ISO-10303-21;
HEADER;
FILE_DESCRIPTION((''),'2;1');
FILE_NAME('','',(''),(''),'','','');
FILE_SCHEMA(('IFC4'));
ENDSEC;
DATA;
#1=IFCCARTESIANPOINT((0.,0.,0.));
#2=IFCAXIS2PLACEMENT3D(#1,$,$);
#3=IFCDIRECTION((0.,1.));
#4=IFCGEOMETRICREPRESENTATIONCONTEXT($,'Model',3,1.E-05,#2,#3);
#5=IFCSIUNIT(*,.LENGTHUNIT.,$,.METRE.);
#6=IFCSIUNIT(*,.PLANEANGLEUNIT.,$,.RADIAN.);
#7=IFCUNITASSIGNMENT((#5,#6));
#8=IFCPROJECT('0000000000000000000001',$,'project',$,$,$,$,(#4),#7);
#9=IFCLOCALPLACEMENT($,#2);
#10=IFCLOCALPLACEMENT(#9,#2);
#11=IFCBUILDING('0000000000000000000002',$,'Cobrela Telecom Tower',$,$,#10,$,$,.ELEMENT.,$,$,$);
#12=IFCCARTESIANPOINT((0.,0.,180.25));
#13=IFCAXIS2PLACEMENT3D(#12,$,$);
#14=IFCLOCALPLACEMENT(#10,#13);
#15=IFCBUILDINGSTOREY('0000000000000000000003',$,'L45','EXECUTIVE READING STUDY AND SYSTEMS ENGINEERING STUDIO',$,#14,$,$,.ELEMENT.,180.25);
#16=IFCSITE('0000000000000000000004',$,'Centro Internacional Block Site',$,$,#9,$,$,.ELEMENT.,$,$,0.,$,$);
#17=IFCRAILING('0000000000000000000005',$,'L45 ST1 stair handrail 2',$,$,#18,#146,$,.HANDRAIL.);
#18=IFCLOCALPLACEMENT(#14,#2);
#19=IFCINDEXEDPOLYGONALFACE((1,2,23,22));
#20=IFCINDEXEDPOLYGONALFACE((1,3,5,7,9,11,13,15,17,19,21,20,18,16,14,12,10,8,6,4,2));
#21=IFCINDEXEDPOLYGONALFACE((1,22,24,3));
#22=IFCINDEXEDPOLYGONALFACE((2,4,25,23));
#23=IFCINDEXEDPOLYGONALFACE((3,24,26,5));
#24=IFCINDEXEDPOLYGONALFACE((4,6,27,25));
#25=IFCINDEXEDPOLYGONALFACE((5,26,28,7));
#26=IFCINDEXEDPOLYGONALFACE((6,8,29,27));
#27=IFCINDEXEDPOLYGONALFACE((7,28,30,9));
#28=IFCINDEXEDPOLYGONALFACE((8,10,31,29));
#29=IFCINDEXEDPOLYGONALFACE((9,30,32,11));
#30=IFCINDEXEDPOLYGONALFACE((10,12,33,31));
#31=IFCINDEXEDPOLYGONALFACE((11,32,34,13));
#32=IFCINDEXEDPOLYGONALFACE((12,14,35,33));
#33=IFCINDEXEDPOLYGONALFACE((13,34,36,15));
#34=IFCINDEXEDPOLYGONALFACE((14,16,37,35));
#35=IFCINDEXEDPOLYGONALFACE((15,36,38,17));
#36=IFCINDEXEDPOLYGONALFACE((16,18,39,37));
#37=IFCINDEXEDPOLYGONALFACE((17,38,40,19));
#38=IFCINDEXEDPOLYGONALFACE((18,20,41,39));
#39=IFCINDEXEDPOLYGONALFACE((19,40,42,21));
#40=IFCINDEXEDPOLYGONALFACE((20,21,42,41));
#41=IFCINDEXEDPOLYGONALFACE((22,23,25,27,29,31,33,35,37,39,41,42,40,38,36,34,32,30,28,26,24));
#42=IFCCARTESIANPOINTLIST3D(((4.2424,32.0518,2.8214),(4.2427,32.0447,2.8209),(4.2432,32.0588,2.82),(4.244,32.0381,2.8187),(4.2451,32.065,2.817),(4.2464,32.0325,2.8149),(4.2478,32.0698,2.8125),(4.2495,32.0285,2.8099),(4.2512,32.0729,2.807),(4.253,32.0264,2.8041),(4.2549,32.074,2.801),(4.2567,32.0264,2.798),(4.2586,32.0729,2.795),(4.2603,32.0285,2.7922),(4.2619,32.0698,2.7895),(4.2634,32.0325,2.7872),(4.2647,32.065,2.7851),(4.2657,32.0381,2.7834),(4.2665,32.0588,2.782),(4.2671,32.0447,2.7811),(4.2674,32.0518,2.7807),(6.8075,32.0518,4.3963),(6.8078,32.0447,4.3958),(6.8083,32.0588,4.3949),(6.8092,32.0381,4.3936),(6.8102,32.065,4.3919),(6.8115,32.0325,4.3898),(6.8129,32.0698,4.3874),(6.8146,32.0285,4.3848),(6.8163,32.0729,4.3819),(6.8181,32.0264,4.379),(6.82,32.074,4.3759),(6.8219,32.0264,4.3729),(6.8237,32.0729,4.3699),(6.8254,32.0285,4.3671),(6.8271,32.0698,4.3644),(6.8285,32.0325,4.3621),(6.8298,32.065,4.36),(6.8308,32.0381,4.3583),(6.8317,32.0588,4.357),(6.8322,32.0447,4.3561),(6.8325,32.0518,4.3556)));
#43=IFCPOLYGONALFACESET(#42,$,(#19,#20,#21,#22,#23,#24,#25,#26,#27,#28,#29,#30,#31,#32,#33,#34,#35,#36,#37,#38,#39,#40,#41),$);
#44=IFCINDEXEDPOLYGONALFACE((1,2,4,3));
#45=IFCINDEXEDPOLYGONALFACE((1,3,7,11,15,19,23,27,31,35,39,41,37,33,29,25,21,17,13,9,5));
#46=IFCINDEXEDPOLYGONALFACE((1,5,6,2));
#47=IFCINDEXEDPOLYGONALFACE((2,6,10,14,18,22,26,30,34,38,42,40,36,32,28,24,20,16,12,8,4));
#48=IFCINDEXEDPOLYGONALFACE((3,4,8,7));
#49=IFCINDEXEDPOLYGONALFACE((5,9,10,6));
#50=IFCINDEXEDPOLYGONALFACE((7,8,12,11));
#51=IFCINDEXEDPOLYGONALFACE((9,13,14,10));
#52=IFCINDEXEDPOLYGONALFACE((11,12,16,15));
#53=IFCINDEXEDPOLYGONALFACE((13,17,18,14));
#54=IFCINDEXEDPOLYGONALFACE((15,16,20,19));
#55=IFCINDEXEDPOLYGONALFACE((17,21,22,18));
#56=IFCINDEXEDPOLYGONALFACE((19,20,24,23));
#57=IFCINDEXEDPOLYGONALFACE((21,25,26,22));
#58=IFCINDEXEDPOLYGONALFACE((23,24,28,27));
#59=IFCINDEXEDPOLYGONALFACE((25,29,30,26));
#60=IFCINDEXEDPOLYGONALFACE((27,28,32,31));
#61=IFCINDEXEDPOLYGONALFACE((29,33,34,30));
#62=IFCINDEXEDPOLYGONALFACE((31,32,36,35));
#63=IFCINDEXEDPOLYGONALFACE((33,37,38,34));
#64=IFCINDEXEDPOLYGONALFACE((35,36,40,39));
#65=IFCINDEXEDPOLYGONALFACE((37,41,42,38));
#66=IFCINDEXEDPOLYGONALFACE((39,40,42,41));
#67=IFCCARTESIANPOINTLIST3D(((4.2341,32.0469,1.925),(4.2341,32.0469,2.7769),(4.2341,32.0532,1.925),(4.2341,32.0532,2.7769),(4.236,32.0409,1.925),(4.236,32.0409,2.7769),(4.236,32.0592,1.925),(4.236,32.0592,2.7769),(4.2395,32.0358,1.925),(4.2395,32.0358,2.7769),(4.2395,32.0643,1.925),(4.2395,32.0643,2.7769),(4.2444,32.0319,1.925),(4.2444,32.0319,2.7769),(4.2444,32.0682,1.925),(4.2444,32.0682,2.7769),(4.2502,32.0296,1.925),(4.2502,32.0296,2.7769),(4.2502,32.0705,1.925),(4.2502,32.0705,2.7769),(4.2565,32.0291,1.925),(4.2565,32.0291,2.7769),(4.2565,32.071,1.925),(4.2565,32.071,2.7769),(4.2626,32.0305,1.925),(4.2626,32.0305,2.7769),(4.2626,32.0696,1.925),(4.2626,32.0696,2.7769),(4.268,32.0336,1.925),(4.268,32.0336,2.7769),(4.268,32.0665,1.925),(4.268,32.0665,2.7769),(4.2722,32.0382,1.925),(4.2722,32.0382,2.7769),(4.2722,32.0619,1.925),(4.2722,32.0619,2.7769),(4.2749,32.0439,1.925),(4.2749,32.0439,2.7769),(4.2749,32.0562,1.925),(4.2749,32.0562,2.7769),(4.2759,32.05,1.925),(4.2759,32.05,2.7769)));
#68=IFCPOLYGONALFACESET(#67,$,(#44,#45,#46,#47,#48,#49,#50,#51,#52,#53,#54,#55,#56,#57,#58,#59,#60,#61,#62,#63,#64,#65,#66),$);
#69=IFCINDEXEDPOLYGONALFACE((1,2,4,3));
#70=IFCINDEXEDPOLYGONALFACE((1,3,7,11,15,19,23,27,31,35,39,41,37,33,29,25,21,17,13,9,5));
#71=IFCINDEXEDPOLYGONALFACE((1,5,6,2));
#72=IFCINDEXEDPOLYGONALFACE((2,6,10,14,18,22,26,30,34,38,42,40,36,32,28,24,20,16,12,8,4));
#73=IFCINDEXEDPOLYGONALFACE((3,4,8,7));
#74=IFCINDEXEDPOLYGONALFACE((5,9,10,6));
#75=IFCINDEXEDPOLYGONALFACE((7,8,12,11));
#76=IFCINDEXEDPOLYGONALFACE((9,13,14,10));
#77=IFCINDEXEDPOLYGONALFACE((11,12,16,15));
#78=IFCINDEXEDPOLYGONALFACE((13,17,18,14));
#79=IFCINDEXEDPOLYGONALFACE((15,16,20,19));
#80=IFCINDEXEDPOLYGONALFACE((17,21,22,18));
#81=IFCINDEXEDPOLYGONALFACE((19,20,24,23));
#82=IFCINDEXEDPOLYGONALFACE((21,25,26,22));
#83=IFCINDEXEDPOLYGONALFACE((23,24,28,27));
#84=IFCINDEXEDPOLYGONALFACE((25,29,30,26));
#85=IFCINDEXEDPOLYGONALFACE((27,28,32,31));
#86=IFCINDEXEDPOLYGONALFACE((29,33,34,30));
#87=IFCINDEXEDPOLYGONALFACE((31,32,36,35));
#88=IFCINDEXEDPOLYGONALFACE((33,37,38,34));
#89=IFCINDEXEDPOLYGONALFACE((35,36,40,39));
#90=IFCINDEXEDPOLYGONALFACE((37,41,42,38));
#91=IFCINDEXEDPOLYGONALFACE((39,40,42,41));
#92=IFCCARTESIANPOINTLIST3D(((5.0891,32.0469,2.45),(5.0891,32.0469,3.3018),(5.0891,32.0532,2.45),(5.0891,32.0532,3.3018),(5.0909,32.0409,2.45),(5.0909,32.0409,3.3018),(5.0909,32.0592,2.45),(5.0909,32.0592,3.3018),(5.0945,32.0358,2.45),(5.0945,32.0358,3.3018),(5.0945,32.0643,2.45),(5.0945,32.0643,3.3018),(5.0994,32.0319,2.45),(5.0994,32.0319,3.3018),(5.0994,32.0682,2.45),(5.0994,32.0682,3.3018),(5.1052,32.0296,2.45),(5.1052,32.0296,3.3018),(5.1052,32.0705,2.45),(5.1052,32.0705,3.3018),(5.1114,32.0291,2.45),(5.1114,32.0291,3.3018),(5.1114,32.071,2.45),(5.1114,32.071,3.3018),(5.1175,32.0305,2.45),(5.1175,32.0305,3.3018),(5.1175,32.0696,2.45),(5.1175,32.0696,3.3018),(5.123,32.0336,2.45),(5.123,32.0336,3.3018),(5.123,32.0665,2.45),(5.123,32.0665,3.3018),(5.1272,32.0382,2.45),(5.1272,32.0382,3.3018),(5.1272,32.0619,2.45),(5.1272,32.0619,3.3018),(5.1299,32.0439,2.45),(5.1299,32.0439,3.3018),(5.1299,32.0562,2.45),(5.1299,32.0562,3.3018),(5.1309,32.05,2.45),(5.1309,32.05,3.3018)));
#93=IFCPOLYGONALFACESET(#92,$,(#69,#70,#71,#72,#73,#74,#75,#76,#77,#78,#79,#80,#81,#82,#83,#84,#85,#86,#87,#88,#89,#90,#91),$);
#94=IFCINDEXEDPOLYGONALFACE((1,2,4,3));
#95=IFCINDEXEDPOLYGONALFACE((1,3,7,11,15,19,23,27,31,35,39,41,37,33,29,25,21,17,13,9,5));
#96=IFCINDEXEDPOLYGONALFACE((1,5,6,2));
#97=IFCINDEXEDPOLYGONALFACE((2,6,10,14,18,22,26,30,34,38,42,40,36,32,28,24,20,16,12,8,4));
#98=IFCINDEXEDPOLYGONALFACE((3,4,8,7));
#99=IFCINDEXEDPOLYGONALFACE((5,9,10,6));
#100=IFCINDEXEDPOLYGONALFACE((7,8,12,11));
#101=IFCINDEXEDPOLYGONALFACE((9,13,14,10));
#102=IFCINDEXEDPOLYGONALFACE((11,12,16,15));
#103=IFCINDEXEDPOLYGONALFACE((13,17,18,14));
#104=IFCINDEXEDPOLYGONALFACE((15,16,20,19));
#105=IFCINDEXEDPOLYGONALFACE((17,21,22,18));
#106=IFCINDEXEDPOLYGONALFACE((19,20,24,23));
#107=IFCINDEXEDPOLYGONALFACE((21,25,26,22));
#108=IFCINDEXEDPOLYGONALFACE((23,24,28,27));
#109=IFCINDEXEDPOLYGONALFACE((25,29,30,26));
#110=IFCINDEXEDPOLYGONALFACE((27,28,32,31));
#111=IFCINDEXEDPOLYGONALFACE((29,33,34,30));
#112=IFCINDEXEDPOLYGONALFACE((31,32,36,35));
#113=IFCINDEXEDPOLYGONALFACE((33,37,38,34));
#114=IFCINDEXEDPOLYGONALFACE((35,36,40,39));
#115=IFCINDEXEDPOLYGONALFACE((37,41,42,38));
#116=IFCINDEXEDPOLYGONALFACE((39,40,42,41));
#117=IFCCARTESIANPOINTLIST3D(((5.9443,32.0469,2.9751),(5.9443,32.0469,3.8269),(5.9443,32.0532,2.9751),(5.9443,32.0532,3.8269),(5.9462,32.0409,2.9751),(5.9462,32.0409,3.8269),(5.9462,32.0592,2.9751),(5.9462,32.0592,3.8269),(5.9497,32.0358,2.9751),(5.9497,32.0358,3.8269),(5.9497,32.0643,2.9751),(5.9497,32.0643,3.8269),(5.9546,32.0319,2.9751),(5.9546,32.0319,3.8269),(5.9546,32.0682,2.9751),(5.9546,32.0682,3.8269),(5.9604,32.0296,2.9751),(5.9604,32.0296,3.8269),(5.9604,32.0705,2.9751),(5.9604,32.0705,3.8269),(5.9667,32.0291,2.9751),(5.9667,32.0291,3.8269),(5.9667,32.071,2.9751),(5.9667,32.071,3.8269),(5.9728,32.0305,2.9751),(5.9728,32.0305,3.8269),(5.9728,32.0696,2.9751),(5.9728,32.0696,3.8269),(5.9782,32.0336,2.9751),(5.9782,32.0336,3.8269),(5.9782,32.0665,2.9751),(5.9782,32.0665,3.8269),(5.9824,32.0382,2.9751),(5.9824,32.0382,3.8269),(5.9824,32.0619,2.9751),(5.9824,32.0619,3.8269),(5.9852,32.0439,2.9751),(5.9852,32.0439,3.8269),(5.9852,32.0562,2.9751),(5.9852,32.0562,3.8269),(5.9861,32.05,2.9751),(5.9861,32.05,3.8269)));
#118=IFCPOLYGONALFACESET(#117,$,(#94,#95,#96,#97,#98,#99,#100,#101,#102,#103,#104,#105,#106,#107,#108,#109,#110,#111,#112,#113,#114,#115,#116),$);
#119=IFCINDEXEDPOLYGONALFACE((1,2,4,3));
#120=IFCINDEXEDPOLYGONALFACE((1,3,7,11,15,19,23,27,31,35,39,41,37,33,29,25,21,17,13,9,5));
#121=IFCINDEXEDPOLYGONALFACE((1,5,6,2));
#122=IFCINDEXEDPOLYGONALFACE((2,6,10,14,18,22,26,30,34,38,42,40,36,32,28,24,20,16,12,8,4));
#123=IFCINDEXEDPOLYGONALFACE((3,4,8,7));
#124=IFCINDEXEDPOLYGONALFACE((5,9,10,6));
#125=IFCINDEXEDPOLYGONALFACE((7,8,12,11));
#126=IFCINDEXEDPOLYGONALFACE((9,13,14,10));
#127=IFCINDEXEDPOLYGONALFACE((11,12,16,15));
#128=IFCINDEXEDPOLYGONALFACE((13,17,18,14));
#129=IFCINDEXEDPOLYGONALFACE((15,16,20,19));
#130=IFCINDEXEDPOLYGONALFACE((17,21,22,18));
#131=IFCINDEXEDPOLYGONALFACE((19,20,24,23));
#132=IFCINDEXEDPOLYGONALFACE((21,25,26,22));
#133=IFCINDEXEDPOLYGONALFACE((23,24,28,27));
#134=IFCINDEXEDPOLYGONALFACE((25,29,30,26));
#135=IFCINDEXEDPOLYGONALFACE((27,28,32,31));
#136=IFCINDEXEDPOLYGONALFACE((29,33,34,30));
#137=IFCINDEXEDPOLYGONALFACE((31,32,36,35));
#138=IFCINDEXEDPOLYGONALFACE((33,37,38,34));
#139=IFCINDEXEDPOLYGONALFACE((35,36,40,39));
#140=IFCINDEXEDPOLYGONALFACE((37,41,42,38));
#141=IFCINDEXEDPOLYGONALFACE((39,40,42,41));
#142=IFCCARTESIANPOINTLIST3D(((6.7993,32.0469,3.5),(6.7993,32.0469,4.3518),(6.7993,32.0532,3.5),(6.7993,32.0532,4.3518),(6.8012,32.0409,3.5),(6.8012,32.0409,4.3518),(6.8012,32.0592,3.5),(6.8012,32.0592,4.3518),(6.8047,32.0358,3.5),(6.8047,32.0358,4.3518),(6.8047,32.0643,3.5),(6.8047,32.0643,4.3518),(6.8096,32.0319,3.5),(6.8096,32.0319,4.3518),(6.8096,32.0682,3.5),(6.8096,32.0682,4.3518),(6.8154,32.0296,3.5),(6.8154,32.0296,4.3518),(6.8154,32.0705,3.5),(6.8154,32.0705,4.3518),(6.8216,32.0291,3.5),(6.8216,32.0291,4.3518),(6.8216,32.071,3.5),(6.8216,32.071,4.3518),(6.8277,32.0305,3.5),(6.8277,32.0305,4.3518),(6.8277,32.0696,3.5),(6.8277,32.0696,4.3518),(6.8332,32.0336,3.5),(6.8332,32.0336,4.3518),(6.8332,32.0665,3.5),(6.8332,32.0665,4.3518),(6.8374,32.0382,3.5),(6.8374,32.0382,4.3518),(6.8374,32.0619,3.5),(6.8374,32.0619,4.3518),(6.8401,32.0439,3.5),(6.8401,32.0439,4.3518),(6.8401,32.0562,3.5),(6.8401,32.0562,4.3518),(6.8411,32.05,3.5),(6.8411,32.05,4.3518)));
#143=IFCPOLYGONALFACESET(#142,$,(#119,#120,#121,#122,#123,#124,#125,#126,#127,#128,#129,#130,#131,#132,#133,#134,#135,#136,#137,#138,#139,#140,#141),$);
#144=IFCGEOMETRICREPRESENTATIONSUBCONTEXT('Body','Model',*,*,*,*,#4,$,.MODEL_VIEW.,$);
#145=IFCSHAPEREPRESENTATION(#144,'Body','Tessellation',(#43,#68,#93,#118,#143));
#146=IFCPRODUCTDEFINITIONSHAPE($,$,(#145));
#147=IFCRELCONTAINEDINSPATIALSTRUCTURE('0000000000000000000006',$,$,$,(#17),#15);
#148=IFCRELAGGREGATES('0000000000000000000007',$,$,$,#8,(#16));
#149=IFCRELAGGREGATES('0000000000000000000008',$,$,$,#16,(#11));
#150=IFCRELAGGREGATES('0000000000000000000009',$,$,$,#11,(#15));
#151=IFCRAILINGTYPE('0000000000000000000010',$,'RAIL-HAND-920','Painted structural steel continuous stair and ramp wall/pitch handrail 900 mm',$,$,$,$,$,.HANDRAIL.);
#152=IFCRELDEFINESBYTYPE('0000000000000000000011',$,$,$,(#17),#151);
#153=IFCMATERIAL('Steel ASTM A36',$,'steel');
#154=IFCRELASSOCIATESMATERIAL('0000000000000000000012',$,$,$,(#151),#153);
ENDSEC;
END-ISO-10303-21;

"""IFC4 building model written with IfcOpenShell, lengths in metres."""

from ifc_helpers import new_model, si_unit, direction, frame, origin, origin_2d, place, context, subcontext, project, spatial, circle, extrude, material, type_object, element, save


model = new_model("IFC4")

# Units and contexts
model_context = context("Model", 3, precision=1e-05, world=origin(), true_north=direction((0.0, 1.0)))
body_context = subcontext(model_context, "Body", "Model", "MODEL_VIEW")
ifc_project = project(units=[si_unit("LENGTHUNIT", "METRE"), si_unit("PLANEANGLEUNIT", "RADIAN")], contexts=[model_context])

# Site, building, storey
site_placement = place(None, origin())
site = spatial("IfcSite", under=ifc_project, at=site_placement, Name="Centro Internacional Block Site", CompositionType="ELEMENT", RefElevation=0.0)
building_placement = place(site_placement, origin())
building = spatial("IfcBuilding", under=site, at=building_placement, Name="Cobrela Telecom Tower", CompositionType="ELEMENT")
storey_placement = place(building_placement, frame((0.0, 0.0, 180.25)))
storey = spatial("IfcBuildingStorey", under=building, at=storey_placement, Name="L45", Description="EXECUTIVE READING STUDY AND SYSTEMS ENGINEERING STUDIO", CompositionType="ELEMENT", Elevation=180.25)

# Shared definitions
ifc_material_1 = material(Name="Steel ASTM A36", Category="steel")

# Railing
railing_type_1 = type_object("IfcRailingType", Name="RAIL-HAND-920", Description="Painted structural steel continuous stair and ramp wall/pitch handrail 900 mm", PredefinedType="HANDRAIL", material=ifc_material_1)
railing_1_placement = place(storey_placement, frame((4.2549, 32.05, 1.925)))
element("IfcRailing", 1, at=railing_1_placement, inside=storey, type_object=railing_type_1, Name="L45 ST1 stair handrail 2", PredefinedType="HANDRAIL", context=body_context, shape_type="SweptSolid", body=[
    extrude(circle(Radius=0.0239, at=origin_2d()), frame((0.0, 0.0, 0.876), z_axis=(0.852195, 0.0, 0.523224), x_axis=(0.0, 1.0, 0.0)), (0.0, 0.0, 1.0), 3.01),
    extrude(circle(Radius=0.021, at=origin_2d()), origin(), (0.0, 0.0, 1.0), 0.8518),
    extrude(circle(Radius=0.021, at=origin_2d()), frame((0.855, 0.0, 0.5249)), (0.0, 0.0, 1.0), 0.8518),
    extrude(circle(Radius=0.021, at=origin_2d()), frame((1.7102, 0.0, 1.05)), (0.0, 0.0, 1.0), 0.8518),
    extrude(circle(Radius=0.021, at=origin_2d()), frame((2.5652, 0.0, 1.575)), (0.0, 0.0, 1.0), 0.8518),
])

save(model, "model.ifc")
